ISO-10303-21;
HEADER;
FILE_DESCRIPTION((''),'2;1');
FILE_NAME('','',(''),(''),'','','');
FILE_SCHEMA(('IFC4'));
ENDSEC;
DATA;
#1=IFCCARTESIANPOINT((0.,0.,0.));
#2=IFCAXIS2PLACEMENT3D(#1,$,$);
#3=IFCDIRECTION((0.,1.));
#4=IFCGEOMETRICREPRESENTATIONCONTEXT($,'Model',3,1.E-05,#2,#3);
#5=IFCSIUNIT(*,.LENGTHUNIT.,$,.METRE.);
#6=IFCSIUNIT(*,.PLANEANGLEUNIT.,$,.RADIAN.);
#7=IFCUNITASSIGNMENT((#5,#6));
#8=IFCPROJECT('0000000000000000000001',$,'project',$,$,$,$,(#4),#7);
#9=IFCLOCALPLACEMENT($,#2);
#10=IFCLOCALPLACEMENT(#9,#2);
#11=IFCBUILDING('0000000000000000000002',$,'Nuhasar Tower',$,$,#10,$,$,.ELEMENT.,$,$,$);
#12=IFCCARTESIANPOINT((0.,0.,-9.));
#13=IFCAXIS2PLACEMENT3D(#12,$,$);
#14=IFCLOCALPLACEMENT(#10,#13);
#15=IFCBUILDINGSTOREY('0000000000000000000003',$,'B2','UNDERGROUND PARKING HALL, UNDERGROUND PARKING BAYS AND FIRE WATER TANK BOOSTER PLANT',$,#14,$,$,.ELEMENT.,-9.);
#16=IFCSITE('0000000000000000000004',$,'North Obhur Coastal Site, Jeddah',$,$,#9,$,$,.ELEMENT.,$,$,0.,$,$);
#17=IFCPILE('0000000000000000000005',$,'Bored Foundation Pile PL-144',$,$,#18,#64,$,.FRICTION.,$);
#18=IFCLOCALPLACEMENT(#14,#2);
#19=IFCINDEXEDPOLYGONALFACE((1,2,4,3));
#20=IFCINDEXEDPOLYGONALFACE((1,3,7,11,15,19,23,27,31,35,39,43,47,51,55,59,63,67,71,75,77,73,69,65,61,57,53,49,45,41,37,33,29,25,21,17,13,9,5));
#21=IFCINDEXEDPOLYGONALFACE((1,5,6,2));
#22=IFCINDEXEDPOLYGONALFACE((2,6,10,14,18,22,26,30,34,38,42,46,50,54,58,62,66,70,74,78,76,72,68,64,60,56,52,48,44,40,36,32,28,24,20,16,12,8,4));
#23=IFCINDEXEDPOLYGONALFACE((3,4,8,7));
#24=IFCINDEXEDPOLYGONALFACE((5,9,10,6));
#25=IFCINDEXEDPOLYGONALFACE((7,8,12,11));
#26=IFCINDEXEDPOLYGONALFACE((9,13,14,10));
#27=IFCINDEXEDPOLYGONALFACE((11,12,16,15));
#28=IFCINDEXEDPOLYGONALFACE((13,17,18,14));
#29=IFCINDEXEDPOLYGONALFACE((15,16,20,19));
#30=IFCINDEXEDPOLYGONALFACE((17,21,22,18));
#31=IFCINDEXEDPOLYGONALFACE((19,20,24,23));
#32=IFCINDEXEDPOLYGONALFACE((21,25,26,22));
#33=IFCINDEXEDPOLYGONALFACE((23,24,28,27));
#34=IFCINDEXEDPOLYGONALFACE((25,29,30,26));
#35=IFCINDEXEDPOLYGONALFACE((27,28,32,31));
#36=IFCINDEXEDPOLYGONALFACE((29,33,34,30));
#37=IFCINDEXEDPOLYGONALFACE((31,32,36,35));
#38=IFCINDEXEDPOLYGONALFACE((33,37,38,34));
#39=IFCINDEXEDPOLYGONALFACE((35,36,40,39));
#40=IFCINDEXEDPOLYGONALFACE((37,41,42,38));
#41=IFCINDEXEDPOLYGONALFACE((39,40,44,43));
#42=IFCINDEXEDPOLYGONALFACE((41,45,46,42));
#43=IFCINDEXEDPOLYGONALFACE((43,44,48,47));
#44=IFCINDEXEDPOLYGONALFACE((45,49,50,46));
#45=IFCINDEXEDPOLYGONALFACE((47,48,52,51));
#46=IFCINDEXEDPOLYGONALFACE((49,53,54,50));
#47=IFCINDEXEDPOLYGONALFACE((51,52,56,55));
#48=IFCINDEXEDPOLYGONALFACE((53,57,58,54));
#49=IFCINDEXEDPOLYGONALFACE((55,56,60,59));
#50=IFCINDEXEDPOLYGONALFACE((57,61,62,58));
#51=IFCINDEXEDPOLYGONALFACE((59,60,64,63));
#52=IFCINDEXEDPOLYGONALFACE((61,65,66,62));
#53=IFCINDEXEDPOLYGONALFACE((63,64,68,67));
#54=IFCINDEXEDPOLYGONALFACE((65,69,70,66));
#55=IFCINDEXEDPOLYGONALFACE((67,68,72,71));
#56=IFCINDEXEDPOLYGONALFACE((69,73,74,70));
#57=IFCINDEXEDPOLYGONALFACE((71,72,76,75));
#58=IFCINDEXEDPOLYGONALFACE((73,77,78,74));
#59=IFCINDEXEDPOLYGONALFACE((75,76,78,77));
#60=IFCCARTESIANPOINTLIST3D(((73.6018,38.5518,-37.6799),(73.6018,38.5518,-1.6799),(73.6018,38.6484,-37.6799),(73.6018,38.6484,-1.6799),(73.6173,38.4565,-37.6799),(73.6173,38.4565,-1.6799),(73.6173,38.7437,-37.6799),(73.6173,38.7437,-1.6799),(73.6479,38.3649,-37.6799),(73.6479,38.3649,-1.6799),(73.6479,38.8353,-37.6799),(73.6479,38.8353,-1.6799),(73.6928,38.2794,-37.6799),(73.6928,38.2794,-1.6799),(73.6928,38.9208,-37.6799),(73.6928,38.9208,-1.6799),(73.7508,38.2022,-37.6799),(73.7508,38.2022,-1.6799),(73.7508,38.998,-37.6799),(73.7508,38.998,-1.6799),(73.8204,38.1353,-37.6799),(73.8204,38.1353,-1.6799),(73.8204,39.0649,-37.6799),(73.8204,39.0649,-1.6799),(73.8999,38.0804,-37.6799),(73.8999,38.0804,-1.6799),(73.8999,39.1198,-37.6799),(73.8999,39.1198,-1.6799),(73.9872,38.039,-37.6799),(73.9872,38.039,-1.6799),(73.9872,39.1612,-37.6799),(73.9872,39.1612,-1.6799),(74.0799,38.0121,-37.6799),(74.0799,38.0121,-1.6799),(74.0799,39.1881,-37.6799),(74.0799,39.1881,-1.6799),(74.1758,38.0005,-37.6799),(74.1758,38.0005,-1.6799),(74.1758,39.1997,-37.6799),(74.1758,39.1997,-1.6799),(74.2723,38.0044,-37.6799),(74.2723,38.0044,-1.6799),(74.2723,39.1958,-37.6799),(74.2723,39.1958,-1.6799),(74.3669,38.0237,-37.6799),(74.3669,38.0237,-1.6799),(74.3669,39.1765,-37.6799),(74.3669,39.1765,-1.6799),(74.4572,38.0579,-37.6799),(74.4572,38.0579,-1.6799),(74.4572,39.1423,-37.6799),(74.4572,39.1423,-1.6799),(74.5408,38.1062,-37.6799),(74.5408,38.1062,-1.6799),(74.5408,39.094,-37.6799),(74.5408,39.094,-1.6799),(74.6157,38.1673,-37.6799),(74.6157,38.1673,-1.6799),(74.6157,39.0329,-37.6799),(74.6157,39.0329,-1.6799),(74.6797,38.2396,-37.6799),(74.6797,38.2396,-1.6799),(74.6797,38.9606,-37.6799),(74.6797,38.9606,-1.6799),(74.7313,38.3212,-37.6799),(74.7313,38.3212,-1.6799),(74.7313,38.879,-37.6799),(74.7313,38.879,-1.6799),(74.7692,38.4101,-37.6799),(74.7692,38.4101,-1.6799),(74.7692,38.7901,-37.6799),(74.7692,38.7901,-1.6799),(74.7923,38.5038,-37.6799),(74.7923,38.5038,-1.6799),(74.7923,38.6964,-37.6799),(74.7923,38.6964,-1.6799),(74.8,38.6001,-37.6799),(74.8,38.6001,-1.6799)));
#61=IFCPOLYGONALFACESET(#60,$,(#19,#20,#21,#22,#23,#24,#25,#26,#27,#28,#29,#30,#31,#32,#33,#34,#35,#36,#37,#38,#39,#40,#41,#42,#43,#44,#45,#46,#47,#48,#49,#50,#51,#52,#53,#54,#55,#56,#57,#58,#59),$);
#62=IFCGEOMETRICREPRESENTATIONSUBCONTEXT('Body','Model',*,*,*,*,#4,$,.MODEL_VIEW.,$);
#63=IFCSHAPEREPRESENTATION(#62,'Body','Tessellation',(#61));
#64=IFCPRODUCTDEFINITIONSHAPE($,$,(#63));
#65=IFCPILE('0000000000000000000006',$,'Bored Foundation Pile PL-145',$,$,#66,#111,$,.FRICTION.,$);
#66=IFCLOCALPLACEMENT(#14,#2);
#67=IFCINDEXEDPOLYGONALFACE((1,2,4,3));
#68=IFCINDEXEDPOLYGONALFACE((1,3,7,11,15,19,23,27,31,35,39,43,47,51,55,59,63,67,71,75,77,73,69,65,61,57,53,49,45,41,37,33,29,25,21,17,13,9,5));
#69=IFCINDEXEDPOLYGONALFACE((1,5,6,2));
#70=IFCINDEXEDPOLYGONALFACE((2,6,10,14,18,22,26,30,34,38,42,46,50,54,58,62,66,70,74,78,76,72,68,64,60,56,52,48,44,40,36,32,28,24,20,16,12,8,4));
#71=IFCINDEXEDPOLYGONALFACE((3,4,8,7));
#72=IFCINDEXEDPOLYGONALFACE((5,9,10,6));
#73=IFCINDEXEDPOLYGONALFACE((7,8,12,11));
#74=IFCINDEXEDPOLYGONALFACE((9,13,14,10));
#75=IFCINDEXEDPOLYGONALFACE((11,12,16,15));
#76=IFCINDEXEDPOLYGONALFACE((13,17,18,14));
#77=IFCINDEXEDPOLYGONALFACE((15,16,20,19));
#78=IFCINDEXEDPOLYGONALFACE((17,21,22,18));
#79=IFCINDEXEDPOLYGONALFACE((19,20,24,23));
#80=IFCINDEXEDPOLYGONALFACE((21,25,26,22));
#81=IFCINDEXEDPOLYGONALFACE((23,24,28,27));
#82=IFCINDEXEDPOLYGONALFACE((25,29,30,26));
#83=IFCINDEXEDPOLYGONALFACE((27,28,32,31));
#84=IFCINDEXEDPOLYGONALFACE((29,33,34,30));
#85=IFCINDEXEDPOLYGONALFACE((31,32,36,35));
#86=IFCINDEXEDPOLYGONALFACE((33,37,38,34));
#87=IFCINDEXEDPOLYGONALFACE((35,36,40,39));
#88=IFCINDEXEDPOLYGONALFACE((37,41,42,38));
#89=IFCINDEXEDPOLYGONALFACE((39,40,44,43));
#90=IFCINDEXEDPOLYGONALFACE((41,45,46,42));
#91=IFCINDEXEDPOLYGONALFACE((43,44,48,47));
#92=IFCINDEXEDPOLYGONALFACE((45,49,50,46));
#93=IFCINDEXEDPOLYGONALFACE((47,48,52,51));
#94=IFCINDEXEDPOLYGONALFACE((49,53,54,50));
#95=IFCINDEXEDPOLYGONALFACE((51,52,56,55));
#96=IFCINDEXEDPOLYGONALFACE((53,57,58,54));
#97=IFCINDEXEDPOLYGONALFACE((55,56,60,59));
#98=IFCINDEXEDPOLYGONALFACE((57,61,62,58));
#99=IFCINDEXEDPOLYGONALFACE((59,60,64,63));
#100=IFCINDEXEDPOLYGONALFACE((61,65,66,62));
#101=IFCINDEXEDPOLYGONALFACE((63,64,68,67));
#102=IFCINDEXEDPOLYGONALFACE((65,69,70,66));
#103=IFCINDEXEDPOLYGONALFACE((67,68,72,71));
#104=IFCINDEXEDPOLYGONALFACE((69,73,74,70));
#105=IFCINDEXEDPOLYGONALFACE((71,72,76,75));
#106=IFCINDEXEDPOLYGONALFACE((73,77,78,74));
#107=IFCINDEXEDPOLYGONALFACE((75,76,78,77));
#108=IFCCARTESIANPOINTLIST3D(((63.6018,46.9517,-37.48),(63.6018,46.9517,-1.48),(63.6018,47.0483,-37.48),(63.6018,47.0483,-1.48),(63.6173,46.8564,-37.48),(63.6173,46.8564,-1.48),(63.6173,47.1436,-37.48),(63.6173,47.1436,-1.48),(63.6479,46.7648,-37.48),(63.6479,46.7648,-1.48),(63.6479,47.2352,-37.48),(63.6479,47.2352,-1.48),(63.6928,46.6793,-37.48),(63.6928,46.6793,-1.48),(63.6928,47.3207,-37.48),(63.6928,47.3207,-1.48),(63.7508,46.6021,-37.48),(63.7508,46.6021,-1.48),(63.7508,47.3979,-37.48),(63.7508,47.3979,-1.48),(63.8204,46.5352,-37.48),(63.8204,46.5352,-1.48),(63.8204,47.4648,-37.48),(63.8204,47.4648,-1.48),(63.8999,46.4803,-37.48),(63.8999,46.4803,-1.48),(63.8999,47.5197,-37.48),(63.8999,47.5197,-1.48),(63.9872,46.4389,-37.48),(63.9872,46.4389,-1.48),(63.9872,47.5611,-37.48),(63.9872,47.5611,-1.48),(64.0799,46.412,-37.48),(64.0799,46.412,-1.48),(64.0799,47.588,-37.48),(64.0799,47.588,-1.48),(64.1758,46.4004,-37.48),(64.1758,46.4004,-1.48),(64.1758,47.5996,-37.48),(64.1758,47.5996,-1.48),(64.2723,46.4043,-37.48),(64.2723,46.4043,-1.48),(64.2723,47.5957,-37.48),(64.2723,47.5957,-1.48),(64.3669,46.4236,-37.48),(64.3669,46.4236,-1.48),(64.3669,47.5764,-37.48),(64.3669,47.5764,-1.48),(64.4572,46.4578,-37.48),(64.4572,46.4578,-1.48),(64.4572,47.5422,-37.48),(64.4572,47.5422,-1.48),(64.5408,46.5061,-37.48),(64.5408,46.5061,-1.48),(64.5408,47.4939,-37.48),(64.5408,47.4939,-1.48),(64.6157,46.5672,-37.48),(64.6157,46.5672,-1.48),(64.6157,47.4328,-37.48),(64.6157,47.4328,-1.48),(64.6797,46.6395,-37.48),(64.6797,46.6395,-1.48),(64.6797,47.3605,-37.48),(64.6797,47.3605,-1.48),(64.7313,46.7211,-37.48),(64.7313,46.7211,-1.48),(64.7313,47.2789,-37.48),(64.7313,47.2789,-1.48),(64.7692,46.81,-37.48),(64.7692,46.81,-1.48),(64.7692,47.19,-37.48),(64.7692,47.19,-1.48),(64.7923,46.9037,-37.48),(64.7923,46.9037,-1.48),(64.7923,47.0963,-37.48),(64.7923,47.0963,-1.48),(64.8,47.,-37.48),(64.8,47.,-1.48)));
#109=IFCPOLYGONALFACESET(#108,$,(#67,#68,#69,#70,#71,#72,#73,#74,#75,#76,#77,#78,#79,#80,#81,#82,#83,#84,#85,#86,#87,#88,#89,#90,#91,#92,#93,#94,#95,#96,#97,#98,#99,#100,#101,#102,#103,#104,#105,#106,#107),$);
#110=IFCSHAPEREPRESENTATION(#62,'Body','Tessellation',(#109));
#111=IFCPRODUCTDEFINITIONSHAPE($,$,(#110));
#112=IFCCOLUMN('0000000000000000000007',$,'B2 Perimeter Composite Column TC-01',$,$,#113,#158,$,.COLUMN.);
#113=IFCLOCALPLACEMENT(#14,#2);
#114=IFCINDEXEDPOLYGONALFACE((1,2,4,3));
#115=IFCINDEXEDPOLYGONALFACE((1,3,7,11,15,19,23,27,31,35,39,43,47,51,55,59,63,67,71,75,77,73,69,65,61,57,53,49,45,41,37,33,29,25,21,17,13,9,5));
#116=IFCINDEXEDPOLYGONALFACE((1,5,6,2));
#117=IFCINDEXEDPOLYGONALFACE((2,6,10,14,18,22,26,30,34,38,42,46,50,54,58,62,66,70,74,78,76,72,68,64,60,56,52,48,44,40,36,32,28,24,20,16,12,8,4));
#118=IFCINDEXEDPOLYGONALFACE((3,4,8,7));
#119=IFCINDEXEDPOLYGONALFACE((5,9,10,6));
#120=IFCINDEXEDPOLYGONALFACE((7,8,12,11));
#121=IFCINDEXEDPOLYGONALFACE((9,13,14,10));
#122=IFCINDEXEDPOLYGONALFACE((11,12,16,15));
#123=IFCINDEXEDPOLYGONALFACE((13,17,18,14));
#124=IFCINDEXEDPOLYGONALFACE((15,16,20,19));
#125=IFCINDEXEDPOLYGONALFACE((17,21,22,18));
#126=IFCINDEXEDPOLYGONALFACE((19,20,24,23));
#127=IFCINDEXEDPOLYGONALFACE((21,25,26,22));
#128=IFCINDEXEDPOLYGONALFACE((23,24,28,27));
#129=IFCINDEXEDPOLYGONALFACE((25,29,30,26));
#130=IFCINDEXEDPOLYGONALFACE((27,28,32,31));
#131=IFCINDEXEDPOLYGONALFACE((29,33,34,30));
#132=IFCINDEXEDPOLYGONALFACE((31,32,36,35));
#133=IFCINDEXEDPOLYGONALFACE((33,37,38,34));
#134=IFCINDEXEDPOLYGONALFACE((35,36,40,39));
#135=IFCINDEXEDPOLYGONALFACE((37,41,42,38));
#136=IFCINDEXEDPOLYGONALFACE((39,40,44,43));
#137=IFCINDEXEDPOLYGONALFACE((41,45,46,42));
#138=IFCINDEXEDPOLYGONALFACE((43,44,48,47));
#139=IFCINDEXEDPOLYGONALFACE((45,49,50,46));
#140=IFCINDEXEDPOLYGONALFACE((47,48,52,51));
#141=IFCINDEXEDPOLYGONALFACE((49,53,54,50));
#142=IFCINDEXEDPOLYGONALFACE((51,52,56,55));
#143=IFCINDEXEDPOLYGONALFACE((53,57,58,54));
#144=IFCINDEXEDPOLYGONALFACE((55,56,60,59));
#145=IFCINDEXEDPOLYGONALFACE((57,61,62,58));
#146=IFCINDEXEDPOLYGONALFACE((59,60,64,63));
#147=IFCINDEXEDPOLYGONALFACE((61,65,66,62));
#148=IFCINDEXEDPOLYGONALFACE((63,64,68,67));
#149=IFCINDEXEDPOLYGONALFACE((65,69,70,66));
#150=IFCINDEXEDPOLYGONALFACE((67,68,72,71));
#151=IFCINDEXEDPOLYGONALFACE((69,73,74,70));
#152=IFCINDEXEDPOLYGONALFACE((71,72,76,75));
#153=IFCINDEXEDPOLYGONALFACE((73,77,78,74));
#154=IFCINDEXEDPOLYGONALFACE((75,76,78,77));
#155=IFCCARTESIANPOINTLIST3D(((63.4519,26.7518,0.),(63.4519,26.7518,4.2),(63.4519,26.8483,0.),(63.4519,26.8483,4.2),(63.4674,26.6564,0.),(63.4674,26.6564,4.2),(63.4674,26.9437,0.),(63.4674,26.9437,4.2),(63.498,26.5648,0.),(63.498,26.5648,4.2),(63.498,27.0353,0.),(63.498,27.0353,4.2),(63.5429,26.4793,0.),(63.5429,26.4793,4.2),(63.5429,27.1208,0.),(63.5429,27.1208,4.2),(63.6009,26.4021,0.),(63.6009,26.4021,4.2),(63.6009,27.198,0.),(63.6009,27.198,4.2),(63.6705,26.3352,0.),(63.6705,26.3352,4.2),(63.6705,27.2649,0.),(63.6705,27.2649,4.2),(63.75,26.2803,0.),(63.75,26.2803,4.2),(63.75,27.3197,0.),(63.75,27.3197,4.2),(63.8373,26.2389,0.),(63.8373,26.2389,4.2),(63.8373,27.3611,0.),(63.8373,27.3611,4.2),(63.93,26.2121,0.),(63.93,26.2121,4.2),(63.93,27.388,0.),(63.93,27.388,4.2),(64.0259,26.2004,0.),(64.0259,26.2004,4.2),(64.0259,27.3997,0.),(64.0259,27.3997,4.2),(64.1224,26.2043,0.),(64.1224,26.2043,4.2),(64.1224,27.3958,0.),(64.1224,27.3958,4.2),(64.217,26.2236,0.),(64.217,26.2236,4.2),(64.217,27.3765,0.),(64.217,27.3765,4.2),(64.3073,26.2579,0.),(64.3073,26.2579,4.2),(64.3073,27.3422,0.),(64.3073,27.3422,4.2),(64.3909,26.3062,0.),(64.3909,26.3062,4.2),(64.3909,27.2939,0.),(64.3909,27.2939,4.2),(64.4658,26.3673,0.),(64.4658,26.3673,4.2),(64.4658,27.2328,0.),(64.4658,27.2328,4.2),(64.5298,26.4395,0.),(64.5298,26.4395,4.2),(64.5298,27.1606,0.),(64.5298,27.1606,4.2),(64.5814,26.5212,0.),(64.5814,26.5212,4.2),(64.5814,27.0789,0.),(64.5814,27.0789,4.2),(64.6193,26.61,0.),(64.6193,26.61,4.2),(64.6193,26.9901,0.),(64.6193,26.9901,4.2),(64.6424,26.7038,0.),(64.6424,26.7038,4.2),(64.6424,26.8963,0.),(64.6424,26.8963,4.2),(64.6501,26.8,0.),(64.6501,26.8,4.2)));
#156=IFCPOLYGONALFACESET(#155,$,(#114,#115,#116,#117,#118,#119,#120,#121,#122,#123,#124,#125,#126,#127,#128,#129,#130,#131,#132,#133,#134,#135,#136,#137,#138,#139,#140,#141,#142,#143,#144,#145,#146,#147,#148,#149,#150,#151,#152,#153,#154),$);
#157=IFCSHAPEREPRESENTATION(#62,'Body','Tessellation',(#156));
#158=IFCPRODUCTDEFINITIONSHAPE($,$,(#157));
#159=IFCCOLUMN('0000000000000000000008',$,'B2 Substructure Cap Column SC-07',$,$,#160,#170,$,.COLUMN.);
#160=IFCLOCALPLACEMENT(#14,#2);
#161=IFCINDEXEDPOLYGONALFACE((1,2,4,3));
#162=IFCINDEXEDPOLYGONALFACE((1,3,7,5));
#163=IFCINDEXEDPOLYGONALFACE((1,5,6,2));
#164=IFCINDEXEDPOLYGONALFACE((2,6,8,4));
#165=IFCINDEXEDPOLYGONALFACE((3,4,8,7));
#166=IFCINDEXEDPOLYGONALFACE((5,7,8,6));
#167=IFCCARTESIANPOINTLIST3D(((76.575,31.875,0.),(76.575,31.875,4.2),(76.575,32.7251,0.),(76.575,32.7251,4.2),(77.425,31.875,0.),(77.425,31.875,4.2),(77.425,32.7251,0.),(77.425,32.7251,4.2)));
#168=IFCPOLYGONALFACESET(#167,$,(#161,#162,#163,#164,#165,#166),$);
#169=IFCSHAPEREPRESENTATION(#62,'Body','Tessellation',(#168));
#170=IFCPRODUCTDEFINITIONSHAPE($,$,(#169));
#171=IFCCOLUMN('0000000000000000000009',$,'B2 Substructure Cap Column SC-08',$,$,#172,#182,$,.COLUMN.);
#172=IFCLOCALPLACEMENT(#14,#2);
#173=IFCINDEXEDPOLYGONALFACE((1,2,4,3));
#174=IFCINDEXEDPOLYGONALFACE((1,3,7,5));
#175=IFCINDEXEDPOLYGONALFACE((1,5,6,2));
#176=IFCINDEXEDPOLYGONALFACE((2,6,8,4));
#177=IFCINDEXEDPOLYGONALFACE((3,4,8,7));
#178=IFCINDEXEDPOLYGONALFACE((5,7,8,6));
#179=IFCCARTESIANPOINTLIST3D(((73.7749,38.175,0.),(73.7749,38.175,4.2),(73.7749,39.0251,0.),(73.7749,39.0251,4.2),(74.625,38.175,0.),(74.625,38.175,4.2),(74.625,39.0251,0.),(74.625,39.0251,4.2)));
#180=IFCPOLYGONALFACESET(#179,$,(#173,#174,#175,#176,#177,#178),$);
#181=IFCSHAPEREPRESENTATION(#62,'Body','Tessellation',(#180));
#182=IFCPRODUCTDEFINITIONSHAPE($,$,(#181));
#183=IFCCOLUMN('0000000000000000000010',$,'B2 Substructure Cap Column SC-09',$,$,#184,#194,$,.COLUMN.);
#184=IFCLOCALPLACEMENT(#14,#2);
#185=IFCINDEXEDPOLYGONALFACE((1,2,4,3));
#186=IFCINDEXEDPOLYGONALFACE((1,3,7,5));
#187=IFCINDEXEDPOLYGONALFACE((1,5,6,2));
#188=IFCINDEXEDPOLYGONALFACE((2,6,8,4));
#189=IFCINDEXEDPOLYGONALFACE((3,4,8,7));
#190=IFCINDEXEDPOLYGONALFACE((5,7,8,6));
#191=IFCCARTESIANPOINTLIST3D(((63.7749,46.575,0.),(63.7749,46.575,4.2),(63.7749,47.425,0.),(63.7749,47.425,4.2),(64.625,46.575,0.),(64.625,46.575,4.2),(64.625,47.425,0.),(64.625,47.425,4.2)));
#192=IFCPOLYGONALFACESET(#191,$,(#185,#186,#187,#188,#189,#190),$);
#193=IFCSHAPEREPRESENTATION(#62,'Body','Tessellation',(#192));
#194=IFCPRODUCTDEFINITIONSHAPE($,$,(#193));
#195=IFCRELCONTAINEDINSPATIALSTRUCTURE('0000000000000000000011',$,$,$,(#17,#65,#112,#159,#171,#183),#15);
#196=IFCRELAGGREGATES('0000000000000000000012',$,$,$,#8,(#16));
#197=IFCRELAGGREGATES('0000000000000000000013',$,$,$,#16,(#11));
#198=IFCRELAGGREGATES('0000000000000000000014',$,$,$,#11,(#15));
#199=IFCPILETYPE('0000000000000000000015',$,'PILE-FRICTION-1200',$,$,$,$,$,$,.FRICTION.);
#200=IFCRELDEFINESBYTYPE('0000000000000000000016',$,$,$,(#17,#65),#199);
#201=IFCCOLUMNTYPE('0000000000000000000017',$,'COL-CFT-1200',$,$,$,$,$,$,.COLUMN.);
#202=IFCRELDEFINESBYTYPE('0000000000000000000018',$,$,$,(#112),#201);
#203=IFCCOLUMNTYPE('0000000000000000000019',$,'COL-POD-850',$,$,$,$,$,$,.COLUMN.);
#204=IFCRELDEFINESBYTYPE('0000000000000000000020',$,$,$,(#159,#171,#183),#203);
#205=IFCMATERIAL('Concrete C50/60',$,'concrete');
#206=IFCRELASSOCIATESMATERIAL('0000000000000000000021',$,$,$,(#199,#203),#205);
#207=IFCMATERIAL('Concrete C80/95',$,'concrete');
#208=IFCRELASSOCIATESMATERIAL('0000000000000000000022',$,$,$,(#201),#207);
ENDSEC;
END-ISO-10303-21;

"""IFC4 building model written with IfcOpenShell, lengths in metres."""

from ifc_helpers import new_model, si_unit, direction, frame, origin, origin_2d, place, context, subcontext, project, spatial, rectangle, circle, extrude, material, material_profile, profile_set, type_object, element, save


model = new_model("IFC4")

# Units and contexts
model_context = context("Model", 3, precision=1e-05, world=origin(), true_north=direction((0.0, 1.0)))
body_context = subcontext(model_context, "Body", "Model", "MODEL_VIEW")
ifc_project = project(units=[si_unit("LENGTHUNIT", "METRE"), si_unit("PLANEANGLEUNIT", "RADIAN")], contexts=[model_context])

# Site, building, storey
site_placement = place(None, origin())
site = spatial("IfcSite", under=ifc_project, at=site_placement, Name="North Obhur Coastal Site, Jeddah", CompositionType="ELEMENT", RefElevation=0.0)
building_placement = place(site_placement, origin())
building = spatial("IfcBuilding", under=site, at=building_placement, Name="Nuhasar Tower", CompositionType="ELEMENT")
storey_placement = place(building_placement, frame((0.0, 0.0, -9.0)))
storey = spatial("IfcBuildingStorey", under=building, at=storey_placement, Name="B2", Description="UNDERGROUND PARKING HALL, UNDERGROUND PARKING BAYS AND FIRE WATER TANK BOOSTER PLANT", CompositionType="ELEMENT", Elevation=-9.0)

# Shared definitions
ifc_material_1 = material(Name="Concrete C50/60", Category="concrete")

# Piles
ifc_material_profile_1 = material_profile(ifc_material_1, circle(Radius=0.6001, at=origin_2d()), Name="PILE1200")
ifc_profile_set_1 = profile_set([ifc_material_profile_1], Name="Concrete C50/60")
pile_type_1 = type_object("IfcPileType", Name="PILE-FRICTION-1200", PredefinedType="FRICTION", material=ifc_profile_set_1)
for number, where, z_axis, x_axis, name in (
    (1, (74.2, 38.6001, -1.6799), (0.0, 0.0, -1.0), (1.0, 0.0, 0.0), "Bored Foundation Pile PL-144"),
    (2, (64.2, 47.0, -1.48), (0.0, 0.0, -1.0), (1.0, 0.0, 0.0), "Bored Foundation Pile PL-145"),
):
    element("IfcPile", number, at=place(storey_placement, frame(where, z_axis=z_axis, x_axis=x_axis)), inside=storey, type_object=pile_type_1, Name=name, PredefinedType="FRICTION", context=body_context, shape_type="SweptSolid", body=[
        extrude(circle(Radius=0.6001, at=origin_2d()), origin(), (0.0, 0.0, 1.0), 36.0),
    ])

# Columns
ifc_material_2 = material(Name="Concrete C80/95", Category="concrete")
ifc_material_profile_2 = material_profile(ifc_material_2, circle(Radius=0.6001, at=origin_2d()), Name="CFT1200")
ifc_profile_set_2 = profile_set([ifc_material_profile_2], Name="Concrete C80/95")
column_type_1 = type_object("IfcColumnType", Name="COL-CFT-1200", PredefinedType="COLUMN", material=ifc_profile_set_2)
column_1_placement = place(storey_placement, frame((64.05, 26.8, 0.0), z_axis=(0.0, 0.0, 1.0), x_axis=(1.0, 0.0, 0.0)))
element("IfcColumn", 3, at=column_1_placement, inside=storey, type_object=column_type_1, Name="B2 Perimeter Composite Column TC-01", PredefinedType="COLUMN", context=body_context, shape_type="SweptSolid", body=[
    extrude(circle(Radius=0.6001, at=origin_2d()), origin(), (0.0, 0.0, 1.0), 4.2),
])
ifc_material_profile_3 = material_profile(ifc_material_1, rectangle(XDim=0.8501, YDim=0.8501, at=origin_2d()), Name="RC850X850")
ifc_profile_set_3 = profile_set([ifc_material_profile_3], Name="Concrete C50/60")
column_type_2 = type_object("IfcColumnType", Name="COL-POD-850", PredefinedType="COLUMN", material=ifc_profile_set_3)
for number, where, z_axis, x_axis, name in (
    (4, (77.0, 32.3, 0.0), (0.0, 0.0, 1.0), (1.0, 0.0, 0.0), "B2 Substructure Cap Column SC-07"),
    (5, (74.2, 38.6001, 0.0), (0.0, 0.0, 1.0), (1.0, 0.0, 0.0), "B2 Substructure Cap Column SC-08"),
    (6, (64.2, 47.0, 0.0), (0.0, 0.0, 1.0), (1.0, 0.0, 0.0), "B2 Substructure Cap Column SC-09"),
):
    element("IfcColumn", number, at=place(storey_placement, frame(where, z_axis=z_axis, x_axis=x_axis)), inside=storey, type_object=column_type_2, Name=name, PredefinedType="COLUMN", context=body_context, shape_type="SweptSolid", body=[
        extrude(rectangle(XDim=0.8501, YDim=0.8501, at=origin_2d()), origin(), (0.0, 0.0, 1.0), 4.2),
    ])

save(model, "model.ifc")
